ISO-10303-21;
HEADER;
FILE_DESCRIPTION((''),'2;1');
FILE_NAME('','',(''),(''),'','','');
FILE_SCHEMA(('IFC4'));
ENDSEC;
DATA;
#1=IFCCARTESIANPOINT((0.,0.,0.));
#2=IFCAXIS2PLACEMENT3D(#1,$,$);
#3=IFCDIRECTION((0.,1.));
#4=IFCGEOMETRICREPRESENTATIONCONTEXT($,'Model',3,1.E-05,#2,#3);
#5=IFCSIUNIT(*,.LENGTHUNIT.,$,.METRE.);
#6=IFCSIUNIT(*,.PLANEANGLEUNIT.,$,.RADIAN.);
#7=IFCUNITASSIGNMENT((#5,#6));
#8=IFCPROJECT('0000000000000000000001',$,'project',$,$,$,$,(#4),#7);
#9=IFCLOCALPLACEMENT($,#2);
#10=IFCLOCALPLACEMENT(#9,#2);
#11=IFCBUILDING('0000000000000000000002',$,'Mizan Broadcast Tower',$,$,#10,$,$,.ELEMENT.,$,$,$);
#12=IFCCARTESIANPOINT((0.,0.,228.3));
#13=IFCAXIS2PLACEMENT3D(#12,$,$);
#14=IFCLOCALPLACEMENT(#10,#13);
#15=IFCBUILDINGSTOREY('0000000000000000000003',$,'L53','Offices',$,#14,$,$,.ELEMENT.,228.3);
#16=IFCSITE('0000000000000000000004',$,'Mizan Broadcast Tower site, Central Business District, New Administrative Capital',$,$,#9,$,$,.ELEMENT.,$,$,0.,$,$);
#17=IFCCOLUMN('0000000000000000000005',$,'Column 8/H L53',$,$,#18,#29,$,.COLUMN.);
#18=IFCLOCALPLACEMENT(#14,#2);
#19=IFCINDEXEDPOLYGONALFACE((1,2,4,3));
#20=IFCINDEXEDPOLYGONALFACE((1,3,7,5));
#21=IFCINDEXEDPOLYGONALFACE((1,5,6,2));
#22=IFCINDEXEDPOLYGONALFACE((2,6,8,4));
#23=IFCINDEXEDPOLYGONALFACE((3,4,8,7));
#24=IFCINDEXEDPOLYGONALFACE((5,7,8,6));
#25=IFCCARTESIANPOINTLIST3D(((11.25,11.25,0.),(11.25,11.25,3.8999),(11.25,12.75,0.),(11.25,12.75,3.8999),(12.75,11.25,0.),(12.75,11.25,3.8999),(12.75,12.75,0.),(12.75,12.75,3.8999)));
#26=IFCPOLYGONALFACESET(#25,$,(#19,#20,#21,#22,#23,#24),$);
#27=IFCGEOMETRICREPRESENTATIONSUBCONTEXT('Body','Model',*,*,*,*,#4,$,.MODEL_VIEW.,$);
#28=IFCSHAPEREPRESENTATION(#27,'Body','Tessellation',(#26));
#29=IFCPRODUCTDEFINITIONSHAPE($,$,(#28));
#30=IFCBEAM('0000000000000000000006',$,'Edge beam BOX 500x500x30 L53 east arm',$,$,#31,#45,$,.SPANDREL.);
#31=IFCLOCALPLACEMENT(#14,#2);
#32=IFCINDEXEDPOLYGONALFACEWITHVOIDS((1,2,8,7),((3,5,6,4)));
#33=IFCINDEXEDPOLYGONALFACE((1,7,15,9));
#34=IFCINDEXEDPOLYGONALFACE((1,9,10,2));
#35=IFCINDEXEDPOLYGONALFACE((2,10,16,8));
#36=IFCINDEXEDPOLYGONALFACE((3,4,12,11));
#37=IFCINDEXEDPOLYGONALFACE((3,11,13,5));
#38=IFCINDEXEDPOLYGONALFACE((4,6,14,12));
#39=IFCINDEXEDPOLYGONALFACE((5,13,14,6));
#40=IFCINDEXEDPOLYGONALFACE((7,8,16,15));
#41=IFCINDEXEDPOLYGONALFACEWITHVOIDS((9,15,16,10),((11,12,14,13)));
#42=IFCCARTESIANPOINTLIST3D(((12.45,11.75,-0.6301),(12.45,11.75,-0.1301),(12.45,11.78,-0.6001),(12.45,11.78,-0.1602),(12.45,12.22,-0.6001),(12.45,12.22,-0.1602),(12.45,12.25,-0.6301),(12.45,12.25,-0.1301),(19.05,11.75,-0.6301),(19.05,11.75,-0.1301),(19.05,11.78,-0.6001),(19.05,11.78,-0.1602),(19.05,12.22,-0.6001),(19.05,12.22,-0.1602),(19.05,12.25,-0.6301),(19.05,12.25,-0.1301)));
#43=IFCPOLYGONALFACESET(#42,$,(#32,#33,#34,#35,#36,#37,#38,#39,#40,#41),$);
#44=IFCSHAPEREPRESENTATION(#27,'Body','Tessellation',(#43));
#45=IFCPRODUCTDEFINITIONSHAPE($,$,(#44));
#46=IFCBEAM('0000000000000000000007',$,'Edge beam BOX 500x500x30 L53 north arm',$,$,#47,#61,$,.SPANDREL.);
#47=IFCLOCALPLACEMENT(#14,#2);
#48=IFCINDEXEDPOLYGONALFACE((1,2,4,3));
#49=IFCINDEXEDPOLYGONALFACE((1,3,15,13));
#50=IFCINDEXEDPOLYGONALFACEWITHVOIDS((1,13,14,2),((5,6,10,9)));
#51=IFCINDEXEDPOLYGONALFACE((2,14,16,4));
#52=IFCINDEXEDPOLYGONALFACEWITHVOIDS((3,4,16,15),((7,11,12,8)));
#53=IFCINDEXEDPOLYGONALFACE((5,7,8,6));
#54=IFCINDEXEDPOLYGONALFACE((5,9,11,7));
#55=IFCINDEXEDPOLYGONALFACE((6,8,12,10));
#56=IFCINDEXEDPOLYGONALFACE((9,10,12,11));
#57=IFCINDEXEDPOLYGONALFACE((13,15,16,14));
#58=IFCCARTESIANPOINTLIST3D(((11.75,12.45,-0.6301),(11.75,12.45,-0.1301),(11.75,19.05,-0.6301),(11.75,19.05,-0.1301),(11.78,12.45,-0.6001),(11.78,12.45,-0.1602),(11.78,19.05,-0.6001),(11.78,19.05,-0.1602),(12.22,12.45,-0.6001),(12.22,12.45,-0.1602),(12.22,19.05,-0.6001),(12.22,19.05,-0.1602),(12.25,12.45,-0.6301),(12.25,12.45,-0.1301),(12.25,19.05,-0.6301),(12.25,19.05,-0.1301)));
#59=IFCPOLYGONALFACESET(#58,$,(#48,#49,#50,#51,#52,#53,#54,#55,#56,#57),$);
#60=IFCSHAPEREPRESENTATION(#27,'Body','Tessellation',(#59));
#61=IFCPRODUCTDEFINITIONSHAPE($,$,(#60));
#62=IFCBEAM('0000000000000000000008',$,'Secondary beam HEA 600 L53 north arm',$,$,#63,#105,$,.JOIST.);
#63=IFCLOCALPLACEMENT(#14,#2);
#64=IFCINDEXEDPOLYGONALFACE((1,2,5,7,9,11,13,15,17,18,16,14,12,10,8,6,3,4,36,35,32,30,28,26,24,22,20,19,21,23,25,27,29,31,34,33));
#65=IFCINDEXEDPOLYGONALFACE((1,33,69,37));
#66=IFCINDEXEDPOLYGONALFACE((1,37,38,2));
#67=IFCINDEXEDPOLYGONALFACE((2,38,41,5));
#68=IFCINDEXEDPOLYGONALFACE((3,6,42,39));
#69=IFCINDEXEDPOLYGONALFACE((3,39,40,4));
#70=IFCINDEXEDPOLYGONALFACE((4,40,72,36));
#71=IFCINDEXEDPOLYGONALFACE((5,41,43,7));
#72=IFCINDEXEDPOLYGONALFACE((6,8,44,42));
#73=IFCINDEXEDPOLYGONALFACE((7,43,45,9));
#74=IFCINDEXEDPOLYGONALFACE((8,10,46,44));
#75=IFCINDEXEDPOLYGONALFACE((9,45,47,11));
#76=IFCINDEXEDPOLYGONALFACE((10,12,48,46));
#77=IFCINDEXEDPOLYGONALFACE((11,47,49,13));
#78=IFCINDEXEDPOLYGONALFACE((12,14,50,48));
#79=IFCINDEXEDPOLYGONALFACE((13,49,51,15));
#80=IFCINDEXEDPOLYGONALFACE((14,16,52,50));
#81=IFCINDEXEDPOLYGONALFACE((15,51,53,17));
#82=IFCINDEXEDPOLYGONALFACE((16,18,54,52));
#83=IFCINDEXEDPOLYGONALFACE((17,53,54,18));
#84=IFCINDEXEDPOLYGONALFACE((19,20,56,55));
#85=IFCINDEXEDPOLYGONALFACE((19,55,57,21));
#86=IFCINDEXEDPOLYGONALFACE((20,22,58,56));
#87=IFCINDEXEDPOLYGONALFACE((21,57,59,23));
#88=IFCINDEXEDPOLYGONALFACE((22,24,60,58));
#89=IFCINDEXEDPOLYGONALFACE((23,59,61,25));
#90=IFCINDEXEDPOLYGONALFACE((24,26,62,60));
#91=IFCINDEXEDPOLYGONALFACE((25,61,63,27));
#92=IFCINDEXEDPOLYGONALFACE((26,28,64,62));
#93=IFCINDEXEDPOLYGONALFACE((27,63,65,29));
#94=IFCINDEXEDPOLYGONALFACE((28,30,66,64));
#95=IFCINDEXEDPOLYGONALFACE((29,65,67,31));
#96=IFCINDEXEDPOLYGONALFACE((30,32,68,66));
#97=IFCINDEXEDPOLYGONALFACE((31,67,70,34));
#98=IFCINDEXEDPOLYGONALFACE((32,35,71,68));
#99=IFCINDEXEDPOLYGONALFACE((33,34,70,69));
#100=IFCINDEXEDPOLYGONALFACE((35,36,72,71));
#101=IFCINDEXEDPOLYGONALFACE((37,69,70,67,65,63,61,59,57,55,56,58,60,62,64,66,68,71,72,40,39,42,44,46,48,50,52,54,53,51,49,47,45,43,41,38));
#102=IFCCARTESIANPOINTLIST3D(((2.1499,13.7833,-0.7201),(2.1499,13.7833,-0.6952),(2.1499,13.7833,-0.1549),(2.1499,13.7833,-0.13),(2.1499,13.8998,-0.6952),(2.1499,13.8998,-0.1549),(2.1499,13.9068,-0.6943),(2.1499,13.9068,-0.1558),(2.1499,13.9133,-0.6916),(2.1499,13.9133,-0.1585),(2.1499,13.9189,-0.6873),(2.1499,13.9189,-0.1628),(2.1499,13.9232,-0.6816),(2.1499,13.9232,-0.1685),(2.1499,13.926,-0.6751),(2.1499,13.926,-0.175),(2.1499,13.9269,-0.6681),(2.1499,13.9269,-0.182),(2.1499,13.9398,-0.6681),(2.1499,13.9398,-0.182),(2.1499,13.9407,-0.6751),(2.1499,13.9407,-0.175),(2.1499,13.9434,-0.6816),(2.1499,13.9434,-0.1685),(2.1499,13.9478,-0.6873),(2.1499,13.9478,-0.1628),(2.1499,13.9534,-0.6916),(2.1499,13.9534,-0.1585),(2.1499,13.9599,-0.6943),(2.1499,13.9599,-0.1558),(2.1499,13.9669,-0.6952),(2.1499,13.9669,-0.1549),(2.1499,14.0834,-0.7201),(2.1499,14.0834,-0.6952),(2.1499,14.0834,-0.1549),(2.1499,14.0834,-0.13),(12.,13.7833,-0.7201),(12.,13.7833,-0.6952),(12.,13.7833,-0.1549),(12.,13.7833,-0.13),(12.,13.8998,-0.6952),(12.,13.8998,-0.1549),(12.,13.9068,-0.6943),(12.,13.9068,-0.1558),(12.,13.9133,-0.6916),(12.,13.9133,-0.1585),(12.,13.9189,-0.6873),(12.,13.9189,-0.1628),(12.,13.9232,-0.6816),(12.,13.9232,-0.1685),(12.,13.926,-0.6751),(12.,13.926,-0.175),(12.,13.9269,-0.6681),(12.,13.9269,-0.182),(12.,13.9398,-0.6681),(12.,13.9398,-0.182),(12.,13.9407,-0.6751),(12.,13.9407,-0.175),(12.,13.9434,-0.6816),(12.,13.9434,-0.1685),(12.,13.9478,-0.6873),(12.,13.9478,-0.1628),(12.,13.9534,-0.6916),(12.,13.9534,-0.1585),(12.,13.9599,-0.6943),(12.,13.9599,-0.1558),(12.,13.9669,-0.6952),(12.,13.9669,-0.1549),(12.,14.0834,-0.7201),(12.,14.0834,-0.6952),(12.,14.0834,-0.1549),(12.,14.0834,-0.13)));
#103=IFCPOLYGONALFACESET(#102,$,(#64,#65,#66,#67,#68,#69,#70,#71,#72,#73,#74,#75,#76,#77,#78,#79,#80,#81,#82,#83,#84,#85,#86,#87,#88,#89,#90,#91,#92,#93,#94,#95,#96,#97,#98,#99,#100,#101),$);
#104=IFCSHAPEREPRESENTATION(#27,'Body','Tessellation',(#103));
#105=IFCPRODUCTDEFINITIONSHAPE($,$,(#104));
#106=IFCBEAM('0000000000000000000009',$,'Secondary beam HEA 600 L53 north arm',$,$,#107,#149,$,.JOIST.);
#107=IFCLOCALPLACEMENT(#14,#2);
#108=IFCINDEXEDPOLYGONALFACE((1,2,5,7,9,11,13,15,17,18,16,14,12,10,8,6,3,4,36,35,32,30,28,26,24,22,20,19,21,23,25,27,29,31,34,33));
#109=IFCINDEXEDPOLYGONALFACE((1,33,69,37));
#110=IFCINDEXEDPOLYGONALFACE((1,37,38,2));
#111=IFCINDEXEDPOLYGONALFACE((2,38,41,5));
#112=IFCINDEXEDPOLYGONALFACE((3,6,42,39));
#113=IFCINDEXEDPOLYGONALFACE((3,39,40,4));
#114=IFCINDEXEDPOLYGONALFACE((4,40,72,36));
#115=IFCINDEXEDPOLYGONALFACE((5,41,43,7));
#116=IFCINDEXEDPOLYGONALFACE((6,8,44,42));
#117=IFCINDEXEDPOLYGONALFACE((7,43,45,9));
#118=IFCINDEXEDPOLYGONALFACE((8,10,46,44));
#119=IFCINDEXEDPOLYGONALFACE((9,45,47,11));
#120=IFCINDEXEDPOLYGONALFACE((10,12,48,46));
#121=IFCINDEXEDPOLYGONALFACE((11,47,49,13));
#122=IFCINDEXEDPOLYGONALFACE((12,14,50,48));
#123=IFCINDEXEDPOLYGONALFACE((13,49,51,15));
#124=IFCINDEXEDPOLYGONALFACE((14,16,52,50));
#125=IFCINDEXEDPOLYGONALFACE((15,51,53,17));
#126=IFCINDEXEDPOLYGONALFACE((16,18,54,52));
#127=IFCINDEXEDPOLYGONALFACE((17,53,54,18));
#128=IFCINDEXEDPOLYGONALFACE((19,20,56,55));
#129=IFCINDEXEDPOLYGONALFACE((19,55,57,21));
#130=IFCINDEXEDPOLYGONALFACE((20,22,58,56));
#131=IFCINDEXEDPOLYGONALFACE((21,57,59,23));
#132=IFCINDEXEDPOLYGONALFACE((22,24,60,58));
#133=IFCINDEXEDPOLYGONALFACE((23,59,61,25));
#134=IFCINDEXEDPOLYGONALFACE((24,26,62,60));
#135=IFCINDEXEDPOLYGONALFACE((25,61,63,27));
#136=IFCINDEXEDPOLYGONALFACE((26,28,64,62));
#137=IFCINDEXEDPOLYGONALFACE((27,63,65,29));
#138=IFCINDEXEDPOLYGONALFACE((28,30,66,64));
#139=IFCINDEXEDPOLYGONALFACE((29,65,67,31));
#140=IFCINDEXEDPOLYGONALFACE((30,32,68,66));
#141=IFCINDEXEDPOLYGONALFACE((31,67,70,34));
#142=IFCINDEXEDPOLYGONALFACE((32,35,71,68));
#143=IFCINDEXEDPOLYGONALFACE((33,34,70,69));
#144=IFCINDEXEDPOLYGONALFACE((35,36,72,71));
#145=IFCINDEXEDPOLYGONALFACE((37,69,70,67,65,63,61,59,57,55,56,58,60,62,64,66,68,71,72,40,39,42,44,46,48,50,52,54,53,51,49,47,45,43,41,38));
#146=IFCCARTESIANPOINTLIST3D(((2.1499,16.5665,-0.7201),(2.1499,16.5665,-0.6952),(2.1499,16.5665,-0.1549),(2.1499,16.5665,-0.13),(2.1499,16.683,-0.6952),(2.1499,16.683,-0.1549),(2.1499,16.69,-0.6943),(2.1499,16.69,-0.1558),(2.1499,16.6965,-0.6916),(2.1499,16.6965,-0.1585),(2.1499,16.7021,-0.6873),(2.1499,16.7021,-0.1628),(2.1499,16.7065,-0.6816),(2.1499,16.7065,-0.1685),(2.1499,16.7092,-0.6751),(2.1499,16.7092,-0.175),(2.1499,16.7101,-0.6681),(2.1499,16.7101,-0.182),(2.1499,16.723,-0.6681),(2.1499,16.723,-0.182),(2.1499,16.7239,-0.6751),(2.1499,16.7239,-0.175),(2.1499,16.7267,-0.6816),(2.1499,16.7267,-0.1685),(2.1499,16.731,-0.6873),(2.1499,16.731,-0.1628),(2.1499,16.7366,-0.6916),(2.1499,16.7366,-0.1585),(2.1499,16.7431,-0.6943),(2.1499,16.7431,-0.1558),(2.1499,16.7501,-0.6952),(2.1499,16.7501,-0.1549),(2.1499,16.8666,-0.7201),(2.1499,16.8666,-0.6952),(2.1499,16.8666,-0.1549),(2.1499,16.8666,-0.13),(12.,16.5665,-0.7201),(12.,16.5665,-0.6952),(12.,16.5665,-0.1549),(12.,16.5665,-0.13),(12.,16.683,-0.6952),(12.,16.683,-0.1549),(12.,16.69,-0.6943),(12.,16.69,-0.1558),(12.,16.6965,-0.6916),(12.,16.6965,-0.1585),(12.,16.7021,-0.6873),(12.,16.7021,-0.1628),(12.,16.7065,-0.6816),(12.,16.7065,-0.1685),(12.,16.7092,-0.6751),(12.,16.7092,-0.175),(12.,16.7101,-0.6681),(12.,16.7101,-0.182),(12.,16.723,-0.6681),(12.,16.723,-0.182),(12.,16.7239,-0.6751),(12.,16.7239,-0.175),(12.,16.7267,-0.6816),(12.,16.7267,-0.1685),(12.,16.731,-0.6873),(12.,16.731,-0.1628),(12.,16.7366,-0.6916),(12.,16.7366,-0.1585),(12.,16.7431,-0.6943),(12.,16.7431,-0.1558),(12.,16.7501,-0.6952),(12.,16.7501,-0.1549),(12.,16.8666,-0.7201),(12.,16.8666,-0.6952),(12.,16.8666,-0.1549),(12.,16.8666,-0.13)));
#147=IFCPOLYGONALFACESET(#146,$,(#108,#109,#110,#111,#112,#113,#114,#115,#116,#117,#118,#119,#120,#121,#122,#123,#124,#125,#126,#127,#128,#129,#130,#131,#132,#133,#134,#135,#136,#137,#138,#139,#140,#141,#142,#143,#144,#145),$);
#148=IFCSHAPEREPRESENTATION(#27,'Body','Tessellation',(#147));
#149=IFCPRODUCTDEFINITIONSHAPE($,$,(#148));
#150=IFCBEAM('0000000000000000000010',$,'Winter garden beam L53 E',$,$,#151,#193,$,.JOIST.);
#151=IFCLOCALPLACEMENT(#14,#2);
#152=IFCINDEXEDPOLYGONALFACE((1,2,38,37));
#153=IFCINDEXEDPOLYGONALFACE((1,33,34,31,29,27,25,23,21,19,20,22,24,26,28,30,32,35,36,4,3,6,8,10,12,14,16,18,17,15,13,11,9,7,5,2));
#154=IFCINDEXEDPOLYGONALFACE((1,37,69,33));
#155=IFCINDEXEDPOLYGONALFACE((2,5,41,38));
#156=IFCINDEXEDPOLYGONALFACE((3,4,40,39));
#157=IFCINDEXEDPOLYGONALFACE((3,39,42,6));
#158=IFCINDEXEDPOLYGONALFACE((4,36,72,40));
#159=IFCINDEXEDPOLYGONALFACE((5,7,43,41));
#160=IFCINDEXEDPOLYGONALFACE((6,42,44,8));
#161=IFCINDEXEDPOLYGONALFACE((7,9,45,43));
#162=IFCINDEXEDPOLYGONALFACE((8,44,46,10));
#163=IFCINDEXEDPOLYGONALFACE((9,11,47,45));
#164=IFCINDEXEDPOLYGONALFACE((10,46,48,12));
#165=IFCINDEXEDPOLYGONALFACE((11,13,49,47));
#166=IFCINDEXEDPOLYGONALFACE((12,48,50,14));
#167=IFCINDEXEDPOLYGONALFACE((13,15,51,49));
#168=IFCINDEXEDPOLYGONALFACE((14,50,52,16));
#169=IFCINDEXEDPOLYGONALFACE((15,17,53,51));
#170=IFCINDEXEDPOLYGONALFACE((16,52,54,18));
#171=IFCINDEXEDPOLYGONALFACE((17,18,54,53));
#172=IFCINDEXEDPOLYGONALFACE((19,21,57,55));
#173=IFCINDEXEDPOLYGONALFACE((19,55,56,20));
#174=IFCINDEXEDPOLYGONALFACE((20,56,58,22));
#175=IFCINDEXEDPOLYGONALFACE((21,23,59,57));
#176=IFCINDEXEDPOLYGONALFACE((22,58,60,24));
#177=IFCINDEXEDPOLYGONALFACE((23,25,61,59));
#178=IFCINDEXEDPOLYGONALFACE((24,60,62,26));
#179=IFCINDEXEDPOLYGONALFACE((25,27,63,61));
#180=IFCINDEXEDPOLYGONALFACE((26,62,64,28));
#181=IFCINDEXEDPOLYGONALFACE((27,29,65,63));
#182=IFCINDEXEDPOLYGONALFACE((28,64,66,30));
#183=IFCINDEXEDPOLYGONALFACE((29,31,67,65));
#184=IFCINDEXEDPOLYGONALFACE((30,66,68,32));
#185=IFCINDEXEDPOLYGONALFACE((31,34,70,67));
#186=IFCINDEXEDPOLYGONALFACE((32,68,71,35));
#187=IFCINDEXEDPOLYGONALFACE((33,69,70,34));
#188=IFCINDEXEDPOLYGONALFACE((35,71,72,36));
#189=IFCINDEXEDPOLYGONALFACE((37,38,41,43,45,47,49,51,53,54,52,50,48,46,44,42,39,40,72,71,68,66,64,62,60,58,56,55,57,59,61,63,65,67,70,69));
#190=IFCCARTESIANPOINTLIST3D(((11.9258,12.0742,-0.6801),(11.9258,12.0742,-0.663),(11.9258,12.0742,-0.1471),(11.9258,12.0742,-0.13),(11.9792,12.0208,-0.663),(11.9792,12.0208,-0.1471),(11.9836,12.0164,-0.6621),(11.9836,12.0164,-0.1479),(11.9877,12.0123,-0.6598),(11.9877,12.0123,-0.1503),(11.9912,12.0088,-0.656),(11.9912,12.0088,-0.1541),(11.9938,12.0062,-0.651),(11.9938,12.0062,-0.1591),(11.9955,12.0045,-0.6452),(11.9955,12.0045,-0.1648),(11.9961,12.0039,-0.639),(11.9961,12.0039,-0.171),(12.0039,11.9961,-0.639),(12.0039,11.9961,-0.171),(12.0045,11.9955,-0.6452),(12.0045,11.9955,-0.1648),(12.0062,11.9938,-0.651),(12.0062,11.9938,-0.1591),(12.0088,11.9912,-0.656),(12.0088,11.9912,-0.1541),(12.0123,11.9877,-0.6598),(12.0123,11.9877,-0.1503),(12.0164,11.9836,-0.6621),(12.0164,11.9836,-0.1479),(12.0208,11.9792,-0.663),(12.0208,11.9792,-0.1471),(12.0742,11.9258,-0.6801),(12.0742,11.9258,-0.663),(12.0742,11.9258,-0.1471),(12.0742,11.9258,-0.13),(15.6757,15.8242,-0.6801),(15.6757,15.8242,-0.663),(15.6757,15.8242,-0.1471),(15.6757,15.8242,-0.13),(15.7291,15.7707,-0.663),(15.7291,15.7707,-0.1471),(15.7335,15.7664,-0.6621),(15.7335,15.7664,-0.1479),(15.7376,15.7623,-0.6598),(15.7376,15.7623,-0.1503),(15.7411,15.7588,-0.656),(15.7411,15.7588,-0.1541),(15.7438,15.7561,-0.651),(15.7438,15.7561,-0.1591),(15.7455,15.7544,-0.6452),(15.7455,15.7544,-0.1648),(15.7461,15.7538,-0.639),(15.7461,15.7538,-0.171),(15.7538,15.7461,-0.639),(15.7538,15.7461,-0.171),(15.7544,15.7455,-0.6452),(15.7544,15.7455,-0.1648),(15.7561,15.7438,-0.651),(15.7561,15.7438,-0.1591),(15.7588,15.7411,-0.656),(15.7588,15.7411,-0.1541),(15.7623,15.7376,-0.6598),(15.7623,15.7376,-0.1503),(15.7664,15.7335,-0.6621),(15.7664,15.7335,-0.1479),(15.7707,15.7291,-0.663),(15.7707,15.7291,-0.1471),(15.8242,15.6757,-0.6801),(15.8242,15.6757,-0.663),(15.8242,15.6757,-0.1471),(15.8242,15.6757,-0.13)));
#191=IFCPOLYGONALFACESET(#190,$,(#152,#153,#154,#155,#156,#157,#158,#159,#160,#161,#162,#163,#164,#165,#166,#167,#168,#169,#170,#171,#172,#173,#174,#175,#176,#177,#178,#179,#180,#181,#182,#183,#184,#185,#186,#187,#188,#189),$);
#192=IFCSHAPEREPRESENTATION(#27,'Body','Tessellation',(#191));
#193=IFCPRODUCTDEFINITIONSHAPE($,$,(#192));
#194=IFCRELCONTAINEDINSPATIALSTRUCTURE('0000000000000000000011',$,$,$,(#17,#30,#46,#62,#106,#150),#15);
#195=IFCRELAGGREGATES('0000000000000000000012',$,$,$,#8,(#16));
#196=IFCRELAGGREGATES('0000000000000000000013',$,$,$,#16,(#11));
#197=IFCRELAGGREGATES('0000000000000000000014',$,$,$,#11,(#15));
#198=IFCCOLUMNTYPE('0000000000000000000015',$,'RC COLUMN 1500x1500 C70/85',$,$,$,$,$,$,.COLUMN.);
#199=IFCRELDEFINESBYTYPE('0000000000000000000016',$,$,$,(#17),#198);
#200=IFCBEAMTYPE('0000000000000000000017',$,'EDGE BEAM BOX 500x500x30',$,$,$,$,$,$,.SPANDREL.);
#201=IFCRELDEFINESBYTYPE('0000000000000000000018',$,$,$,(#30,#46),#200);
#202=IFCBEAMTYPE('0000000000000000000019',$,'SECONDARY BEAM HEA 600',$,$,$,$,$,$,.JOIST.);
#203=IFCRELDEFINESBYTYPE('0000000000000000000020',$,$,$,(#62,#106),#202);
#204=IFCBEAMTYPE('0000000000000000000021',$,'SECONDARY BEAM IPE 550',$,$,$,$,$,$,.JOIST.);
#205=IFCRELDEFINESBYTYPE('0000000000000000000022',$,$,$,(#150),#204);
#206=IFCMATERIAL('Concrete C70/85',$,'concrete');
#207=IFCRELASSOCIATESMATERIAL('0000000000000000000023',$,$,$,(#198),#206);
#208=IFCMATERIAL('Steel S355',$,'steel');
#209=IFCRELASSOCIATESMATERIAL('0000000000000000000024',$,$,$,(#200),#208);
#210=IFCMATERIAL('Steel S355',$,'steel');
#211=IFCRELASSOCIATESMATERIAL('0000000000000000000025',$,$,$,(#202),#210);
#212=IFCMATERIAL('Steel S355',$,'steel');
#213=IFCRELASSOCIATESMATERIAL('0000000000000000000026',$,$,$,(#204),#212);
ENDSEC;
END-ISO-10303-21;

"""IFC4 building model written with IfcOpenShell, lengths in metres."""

from ifc_helpers import new_model, si_unit, direction, frame, origin, origin_2d, place, context, subcontext, project, spatial, rectangle, hollow_rectangle, i_section, extrude, material, material_profile, profile_set, type_object, element, save


model = new_model("IFC4")

# Units and contexts
model_context = context("Model", 3, precision=1e-05, world=origin(), true_north=direction((0.0, 1.0)))
body_context = subcontext(model_context, "Body", "Model", "MODEL_VIEW")
ifc_project = project(units=[si_unit("LENGTHUNIT", "METRE"), si_unit("PLANEANGLEUNIT", "RADIAN")], contexts=[model_context])

# Site, building, storey
site_placement = place(None, origin())
site = spatial("IfcSite", under=ifc_project, at=site_placement, Name="Mizan Broadcast Tower site, Central Business District, New Administrative Capital", CompositionType="ELEMENT", RefElevation=0.0)
building_placement = place(site_placement, origin())
building = spatial("IfcBuilding", under=site, at=building_placement, Name="Mizan Broadcast Tower", CompositionType="ELEMENT")
storey_placement = place(building_placement, frame((0.0, 0.0, 228.3)))
storey = spatial("IfcBuildingStorey", under=building, at=storey_placement, Name="L53", Description="Offices", CompositionType="ELEMENT", Elevation=228.3)

# Column
ifc_material_1 = material(Name="Concrete C70/85", Category="concrete")
ifc_material_profile_1 = material_profile(ifc_material_1, rectangle(XDim=1.5, YDim=1.5, at=origin_2d()), Name="RC 1500x1500")
ifc_profile_set_1 = profile_set([ifc_material_profile_1], Name="Concrete C70/85")
column_type = type_object("IfcColumnType", Name="RC COLUMN 1500x1500 C70/85", PredefinedType="COLUMN", material=ifc_profile_set_1)
column_placement = place(storey_placement, frame((12.0, 12.0, 0.0), z_axis=(0.0, 0.0, 1.0), x_axis=(1.0, 0.0, 0.0)))
element("IfcColumn", 1, at=column_placement, inside=storey, type_object=column_type, Name="Column 8/H L53", PredefinedType="COLUMN", context=body_context, shape_type="SweptSolid", body=[
    extrude(rectangle(XDim=1.5, YDim=1.5, at=origin_2d()), origin(), (0.0, 0.0, 1.0), 3.8999),
])

# Beams
ifc_material_2 = material(Name="Steel S355", Category="steel")
ifc_material_profile_2 = material_profile(ifc_material_2, hollow_rectangle(XDim=0.5, YDim=0.5, WallThickness=0.03, at=origin_2d()), Name="BOX 500x500x30")
ifc_profile_set_2 = profile_set([ifc_material_profile_2], Name="Steel S355")
beam_type_1 = type_object("IfcBeamType", Name="EDGE BEAM BOX 500x500x30", PredefinedType="SPANDREL", material=ifc_profile_set_2)
for number, where, z_axis, x_axis, name in (
    (2, (12.45, 12.0, -0.3801), (1.0, 0.0, 0.0), (0.0, 1.0, 0.0), "Edge beam BOX 500x500x30 L53 east arm"),
    (3, (12.0, 12.45, -0.3801), (0.0, 1.0, 0.0), (-1.0, 0.0, 0.0), "Edge beam BOX 500x500x30 L53 north arm"),
):
    element("IfcBeam", number, at=place(storey_placement, frame(where, z_axis=z_axis, x_axis=x_axis)), inside=storey, type_object=beam_type_1, Name=name, PredefinedType="SPANDREL", context=body_context, shape_type="SweptSolid", body=[
        extrude(hollow_rectangle(XDim=0.5, YDim=0.5, WallThickness=0.03, at=origin_2d()), origin(), (0.0, 0.0, 1.0), 6.6001),
    ])
ifc_material_3 = material(Name="Steel S355", Category="steel")
ifc_material_profile_3 = material_profile(ifc_material_3, i_section(OverallWidth=0.3, OverallDepth=0.5901, WebThickness=0.0129, FlangeThickness=0.0249, FilletRadius=0.0271, at=origin_2d()), Name="HEA 600")
ifc_profile_set_3 = profile_set([ifc_material_profile_3], Name="Steel S355")
beam_type_2 = type_object("IfcBeamType", Name="SECONDARY BEAM HEA 600", PredefinedType="JOIST", material=ifc_profile_set_3)
for number, where, z_axis, x_axis, name in (
    (4, (12.0, 13.9333, -0.425), (-1.0, 0.0, 0.0), (0.0, -1.0, 0.0), "Secondary beam HEA 600 L53 north arm"),
    (5, (12.0, 16.7166, -0.425), (-1.0, 0.0, 0.0), (0.0, -1.0, 0.0), "Secondary beam HEA 600 L53 north arm"),
):
    element("IfcBeam", number, at=place(storey_placement, frame(where, z_axis=z_axis, x_axis=x_axis)), inside=storey, type_object=beam_type_2, Name=name, PredefinedType="JOIST", context=body_context, shape_type="SweptSolid", body=[
        extrude(i_section(OverallWidth=0.3, OverallDepth=0.5901, WebThickness=0.0129, FlangeThickness=0.0249, FilletRadius=0.0271, at=origin_2d()), origin(), (0.0, 0.0, 1.0), 9.8501),
    ])
ifc_material_4 = material(Name="Steel S355", Category="steel")
ifc_material_profile_4 = material_profile(ifc_material_4, i_section(OverallWidth=0.21, OverallDepth=0.55, WebThickness=0.011, FlangeThickness=0.0171, FilletRadius=0.0239, at=origin_2d()), Name="IPE 550")
ifc_profile_set_4 = profile_set([ifc_material_profile_4], Name="Steel S355")
beam_type_3 = type_object("IfcBeamType", Name="SECONDARY BEAM IPE 550", PredefinedType="JOIST", material=ifc_profile_set_4)
beam_placement = place(storey_placement, frame((12.0, 12.0, -0.405), z_axis=(0.707107, 0.707107, 0.0), x_axis=(-0.707107, 0.707107, 0.0)))
element("IfcBeam", 6, at=beam_placement, inside=storey, type_object=beam_type_3, Name="Winter garden beam L53 E", PredefinedType="JOIST", context=body_context, shape_type="SweptSolid", body=[
    extrude(i_section(OverallWidth=0.21, OverallDepth=0.55, WebThickness=0.011, FlangeThickness=0.0171, FilletRadius=0.0239, at=origin_2d()), origin(), (0.0, 0.0, 1.0), 5.3032),
])

save(model, "model.ifc")
